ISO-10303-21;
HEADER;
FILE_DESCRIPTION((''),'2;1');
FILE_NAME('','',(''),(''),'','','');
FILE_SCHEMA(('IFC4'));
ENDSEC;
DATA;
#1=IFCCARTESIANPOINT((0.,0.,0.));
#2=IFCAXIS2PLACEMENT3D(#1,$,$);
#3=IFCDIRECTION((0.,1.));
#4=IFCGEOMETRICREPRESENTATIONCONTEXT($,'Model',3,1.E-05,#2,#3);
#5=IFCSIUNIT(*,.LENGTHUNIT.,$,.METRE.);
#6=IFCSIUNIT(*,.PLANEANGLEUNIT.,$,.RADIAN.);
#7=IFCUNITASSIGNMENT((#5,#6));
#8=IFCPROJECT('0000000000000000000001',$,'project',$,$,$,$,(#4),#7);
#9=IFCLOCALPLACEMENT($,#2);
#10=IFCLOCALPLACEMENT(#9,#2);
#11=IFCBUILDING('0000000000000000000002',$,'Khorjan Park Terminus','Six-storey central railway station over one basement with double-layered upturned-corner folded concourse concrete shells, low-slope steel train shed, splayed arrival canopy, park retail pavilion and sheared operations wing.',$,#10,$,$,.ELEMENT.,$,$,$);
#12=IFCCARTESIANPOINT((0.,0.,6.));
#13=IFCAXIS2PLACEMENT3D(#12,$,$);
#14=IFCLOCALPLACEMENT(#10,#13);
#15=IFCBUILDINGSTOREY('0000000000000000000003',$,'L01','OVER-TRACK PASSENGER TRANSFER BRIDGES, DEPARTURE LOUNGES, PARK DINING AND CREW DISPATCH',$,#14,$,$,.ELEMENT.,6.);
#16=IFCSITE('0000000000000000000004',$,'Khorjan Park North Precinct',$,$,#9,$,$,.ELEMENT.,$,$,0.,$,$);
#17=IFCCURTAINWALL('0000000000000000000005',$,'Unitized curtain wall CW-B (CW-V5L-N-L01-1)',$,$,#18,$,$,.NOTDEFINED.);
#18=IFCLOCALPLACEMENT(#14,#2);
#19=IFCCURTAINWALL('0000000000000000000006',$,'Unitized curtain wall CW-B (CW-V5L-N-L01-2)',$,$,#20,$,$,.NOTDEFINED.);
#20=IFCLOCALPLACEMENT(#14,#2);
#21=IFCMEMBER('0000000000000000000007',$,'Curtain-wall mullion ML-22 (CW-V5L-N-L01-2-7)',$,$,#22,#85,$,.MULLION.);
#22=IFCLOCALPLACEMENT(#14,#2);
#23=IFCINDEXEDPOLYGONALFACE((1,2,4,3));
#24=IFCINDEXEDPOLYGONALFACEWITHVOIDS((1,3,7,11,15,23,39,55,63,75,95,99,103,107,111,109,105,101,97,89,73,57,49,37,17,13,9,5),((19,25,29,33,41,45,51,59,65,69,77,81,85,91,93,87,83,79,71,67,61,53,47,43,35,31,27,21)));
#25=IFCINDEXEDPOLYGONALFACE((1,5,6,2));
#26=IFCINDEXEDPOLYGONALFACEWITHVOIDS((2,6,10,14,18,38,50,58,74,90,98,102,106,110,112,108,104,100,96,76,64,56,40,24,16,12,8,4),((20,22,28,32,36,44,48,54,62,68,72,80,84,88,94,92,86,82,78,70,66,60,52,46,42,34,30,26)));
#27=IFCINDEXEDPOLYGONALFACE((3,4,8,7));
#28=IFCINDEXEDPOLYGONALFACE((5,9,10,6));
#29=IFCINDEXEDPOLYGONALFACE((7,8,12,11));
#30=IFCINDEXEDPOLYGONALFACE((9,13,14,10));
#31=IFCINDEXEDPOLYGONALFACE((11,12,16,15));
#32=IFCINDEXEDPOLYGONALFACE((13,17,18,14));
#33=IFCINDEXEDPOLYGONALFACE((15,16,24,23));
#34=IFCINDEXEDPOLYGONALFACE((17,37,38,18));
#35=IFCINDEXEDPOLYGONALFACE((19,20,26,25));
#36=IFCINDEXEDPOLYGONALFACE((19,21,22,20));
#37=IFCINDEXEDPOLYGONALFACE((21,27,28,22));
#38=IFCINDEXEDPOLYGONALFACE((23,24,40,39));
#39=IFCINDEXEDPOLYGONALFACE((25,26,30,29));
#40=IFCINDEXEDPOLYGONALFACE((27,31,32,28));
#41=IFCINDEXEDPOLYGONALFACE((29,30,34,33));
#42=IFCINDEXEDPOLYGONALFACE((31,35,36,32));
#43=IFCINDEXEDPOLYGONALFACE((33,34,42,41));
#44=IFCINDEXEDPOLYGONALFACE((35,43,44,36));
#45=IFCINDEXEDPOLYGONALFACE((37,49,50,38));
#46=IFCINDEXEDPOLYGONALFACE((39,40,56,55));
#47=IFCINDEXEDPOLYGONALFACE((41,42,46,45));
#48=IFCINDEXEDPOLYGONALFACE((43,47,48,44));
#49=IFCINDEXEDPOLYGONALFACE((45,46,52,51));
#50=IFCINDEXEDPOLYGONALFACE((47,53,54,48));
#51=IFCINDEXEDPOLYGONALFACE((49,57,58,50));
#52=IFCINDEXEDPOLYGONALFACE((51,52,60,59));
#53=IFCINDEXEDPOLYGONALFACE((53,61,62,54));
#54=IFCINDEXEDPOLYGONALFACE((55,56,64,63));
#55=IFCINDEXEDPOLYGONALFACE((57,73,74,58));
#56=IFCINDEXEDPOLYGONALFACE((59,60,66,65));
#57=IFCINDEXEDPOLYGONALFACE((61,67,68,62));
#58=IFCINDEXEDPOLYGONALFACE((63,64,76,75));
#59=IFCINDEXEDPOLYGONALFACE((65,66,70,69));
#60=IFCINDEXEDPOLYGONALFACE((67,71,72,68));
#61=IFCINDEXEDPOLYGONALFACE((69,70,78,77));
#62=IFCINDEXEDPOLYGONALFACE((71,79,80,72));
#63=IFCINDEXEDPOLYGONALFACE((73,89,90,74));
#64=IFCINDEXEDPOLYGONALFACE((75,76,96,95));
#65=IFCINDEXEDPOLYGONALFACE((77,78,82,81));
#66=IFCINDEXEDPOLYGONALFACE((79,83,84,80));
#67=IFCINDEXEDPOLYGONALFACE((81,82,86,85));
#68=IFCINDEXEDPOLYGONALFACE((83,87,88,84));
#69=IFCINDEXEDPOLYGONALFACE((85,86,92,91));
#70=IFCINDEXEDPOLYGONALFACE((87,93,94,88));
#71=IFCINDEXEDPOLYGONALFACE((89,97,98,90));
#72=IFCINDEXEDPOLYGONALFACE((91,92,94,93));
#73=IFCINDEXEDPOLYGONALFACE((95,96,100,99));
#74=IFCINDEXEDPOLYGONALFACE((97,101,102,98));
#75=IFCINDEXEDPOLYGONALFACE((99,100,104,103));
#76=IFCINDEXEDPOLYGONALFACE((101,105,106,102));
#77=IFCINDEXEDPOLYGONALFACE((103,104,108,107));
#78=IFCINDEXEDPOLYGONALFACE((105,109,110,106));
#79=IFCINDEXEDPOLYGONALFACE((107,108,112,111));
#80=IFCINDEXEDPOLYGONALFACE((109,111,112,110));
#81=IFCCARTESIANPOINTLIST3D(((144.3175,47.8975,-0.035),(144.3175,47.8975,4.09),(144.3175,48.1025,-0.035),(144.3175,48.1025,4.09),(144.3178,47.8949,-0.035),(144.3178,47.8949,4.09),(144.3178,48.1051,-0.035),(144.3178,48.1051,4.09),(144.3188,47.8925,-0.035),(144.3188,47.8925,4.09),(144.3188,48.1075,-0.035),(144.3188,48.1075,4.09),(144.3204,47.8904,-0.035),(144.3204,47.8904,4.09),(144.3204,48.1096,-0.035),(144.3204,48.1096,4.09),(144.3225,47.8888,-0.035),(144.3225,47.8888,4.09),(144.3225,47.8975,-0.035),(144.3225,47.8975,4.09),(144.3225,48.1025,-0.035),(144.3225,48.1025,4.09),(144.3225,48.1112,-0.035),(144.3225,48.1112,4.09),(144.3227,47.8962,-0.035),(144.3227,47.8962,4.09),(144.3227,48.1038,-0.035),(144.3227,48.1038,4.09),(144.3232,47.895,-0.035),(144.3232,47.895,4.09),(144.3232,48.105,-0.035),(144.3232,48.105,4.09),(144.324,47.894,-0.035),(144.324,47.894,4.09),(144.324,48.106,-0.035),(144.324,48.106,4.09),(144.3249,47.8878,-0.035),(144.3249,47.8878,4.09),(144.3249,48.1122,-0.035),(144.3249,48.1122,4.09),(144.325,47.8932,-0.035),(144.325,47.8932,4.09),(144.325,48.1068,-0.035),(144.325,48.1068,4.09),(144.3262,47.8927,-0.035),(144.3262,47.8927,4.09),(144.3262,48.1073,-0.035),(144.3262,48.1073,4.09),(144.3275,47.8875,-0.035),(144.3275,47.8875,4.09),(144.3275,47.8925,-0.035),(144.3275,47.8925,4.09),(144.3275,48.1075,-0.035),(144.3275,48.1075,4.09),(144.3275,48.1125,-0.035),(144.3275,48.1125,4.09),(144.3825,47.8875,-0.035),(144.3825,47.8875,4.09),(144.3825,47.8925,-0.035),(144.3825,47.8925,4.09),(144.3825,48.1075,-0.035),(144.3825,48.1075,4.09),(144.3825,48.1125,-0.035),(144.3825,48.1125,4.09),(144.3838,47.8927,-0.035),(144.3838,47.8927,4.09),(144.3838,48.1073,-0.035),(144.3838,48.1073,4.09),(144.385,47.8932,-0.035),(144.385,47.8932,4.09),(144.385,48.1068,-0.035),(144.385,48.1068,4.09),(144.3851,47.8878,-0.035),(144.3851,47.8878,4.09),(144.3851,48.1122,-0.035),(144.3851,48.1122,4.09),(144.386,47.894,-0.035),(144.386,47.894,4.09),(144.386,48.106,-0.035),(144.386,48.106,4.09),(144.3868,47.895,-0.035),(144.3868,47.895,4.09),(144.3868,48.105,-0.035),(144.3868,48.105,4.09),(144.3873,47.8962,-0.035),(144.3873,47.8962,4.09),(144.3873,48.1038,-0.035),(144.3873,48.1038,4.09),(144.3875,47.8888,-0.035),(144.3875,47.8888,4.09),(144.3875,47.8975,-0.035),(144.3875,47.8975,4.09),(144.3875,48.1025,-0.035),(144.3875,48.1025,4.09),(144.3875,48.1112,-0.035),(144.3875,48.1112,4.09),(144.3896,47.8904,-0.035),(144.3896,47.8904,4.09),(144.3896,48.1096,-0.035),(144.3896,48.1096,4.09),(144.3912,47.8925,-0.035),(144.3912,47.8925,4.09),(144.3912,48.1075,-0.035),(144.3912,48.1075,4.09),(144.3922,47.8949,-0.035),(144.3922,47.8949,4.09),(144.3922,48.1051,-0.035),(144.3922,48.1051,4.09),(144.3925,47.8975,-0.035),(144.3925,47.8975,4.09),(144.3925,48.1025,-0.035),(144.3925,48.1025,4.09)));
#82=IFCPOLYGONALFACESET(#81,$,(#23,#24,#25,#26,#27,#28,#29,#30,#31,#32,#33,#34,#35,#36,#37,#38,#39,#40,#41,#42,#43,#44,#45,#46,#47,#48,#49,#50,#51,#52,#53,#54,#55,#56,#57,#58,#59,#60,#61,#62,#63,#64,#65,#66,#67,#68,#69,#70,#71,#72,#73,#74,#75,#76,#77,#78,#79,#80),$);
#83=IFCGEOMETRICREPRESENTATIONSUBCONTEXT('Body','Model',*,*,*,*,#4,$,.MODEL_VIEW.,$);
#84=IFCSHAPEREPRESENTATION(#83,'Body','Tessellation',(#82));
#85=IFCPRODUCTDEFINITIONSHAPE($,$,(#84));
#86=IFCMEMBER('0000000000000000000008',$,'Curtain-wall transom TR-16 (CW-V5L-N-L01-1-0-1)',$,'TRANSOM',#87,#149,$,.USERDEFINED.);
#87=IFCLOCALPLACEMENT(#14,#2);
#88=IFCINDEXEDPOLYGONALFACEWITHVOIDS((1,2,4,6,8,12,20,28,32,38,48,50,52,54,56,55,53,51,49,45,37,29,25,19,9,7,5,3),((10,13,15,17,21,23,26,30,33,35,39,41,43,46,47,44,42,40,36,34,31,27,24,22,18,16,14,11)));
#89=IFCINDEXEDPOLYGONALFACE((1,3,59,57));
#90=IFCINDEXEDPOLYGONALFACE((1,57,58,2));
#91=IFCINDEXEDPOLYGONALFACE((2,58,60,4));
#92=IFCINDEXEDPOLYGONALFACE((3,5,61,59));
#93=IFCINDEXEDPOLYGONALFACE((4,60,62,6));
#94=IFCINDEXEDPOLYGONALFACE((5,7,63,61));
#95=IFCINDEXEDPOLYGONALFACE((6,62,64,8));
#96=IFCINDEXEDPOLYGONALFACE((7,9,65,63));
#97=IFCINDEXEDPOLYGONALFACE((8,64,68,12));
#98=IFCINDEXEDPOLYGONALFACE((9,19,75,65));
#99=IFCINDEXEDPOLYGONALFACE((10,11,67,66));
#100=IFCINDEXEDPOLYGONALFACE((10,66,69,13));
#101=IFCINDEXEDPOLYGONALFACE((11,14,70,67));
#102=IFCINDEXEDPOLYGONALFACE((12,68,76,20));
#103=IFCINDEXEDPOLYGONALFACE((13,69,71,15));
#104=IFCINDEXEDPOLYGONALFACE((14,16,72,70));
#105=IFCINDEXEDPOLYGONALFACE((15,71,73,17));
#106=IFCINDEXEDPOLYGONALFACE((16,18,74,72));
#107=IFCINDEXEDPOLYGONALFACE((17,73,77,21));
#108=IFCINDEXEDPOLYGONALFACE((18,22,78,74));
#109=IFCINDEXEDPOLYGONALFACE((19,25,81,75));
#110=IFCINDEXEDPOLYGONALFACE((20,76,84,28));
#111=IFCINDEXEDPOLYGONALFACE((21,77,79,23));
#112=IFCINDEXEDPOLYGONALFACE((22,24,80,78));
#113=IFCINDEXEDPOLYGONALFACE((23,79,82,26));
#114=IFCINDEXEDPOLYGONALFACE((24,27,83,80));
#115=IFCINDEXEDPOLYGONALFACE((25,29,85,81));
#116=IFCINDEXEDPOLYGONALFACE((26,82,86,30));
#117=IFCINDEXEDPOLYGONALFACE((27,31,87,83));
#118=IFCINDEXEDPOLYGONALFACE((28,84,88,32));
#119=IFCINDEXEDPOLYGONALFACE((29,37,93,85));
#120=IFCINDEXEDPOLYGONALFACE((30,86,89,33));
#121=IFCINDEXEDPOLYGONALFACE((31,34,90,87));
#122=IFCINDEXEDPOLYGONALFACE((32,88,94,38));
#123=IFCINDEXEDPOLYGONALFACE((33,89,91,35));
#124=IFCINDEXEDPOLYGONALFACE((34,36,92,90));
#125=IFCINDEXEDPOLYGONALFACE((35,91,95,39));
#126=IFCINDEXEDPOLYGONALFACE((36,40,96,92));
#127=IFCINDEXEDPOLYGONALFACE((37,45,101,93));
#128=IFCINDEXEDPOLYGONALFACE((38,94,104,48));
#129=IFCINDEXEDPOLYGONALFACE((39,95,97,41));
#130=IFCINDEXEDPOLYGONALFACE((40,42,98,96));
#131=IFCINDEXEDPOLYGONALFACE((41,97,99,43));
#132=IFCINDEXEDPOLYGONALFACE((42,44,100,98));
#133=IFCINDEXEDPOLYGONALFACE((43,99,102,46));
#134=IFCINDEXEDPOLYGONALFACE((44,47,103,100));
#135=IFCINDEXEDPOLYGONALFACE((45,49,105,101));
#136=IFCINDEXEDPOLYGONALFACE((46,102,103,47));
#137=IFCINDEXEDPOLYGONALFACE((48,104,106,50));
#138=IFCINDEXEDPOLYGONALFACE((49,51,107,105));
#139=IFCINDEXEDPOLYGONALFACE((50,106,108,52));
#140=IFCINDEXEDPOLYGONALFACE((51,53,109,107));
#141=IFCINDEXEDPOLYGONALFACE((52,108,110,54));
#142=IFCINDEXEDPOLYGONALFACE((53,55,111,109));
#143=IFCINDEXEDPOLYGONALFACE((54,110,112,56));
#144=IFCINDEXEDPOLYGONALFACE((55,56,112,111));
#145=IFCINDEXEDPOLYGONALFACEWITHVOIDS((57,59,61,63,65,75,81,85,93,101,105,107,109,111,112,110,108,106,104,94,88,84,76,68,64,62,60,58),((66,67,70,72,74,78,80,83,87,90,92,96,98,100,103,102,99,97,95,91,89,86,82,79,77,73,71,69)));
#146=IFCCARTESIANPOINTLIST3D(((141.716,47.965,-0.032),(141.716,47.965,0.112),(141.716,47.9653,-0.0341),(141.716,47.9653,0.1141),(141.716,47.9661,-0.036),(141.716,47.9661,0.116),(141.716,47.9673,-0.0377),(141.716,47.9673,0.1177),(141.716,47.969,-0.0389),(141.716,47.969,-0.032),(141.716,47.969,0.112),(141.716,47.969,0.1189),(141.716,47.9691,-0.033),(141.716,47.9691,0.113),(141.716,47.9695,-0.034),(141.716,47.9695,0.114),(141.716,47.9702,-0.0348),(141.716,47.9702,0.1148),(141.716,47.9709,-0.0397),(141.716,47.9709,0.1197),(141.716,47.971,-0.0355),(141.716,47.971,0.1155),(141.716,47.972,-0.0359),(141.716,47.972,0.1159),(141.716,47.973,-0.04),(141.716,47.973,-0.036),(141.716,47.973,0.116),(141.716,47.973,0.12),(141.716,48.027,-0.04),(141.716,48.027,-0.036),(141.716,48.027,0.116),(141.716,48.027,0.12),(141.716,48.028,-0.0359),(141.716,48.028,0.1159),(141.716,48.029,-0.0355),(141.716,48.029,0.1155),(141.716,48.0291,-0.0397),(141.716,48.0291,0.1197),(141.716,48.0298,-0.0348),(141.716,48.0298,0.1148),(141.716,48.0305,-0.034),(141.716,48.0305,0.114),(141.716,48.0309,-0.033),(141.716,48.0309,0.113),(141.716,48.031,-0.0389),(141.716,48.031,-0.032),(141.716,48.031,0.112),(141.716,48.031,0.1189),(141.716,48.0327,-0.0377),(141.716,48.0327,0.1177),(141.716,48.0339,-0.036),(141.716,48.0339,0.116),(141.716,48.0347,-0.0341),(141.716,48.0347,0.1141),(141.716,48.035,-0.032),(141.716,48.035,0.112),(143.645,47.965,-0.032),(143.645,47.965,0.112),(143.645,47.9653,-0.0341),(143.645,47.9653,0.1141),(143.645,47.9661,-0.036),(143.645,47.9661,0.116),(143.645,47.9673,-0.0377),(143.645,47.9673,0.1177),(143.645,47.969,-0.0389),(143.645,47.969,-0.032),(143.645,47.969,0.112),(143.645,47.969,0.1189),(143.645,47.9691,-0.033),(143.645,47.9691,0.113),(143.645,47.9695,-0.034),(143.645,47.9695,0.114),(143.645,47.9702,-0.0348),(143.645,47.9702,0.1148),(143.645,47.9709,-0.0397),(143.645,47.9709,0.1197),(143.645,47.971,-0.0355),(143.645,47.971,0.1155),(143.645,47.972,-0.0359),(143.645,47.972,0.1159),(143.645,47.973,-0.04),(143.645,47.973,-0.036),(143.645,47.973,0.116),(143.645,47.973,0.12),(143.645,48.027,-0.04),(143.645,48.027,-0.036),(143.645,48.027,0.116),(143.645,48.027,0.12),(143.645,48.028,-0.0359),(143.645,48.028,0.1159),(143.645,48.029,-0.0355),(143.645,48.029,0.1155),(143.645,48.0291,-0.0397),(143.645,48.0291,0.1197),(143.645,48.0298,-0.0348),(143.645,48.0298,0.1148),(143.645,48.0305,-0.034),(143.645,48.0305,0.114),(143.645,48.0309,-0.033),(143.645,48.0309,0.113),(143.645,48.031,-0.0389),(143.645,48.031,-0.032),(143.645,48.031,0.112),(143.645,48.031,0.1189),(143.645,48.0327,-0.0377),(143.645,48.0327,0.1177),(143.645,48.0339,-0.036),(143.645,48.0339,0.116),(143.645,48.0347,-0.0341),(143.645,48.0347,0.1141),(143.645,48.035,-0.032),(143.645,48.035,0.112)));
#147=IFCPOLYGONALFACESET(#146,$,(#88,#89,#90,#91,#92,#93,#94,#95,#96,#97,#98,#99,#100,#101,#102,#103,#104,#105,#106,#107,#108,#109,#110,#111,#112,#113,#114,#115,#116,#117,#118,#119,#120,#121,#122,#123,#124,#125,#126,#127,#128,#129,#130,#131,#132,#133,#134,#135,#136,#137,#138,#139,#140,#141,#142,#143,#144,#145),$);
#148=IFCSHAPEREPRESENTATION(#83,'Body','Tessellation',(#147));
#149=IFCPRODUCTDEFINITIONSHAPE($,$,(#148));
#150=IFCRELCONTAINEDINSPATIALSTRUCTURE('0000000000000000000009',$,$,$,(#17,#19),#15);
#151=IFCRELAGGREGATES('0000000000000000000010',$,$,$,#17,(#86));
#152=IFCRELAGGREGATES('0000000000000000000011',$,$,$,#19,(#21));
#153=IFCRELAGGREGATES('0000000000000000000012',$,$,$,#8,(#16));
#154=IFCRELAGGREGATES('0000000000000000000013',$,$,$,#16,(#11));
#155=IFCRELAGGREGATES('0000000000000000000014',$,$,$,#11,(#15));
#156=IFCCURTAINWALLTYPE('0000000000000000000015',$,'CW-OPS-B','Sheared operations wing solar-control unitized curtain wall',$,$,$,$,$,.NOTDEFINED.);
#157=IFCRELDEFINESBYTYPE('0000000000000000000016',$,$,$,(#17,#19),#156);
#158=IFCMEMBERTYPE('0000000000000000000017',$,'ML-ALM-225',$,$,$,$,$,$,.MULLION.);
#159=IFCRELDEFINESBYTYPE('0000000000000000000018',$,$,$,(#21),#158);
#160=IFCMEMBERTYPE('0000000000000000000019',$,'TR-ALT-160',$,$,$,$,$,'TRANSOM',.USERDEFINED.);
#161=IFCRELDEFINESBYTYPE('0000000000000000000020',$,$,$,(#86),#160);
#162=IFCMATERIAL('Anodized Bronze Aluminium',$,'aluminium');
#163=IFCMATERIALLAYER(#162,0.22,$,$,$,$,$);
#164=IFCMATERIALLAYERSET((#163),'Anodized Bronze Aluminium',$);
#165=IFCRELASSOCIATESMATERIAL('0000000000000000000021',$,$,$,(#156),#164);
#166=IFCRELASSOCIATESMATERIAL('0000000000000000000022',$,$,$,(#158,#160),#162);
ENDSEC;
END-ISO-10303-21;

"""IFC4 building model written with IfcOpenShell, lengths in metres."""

from ifc_helpers import new_model, si_unit, direction, frame, origin, origin_2d, place, context, subcontext, project, spatial, hollow_rectangle, extrude, material, layer, layer_set, material_profile, profile_set, type_object, element, aggregate, save


model = new_model("IFC4")

# Units and contexts
model_context = context("Model", 3, precision=1e-05, world=origin(), true_north=direction((0.0, 1.0)))
body_context = subcontext(model_context, "Body", "Model", "MODEL_VIEW")
ifc_project = project(units=[si_unit("LENGTHUNIT", "METRE"), si_unit("PLANEANGLEUNIT", "RADIAN")], contexts=[model_context])

# Site, building, storey
site_placement = place(None, origin())
site = spatial("IfcSite", under=ifc_project, at=site_placement, Name="Khorjan Park North Precinct", CompositionType="ELEMENT", RefElevation=0.0)
building_placement = place(site_placement, origin())
building = spatial("IfcBuilding", under=site, at=building_placement, Name="Khorjan Park Terminus", Description="Six-storey central railway station over one basement with double-layered upturned-corner folded concourse concrete shells, low-slope steel train shed, splayed arrival canopy, park retail pavilion and sheared operations wing.", CompositionType="ELEMENT")
storey_placement = place(building_placement, frame((0.0, 0.0, 6.0)))
storey = spatial("IfcBuildingStorey", under=building, at=storey_placement, Name="L01", Description="OVER-TRACK PASSENGER TRANSFER BRIDGES, DEPARTURE LOUNGES, PARK DINING AND CREW DISPATCH", CompositionType="ELEMENT", Elevation=6.0)

# Curtain wall
ifc_material_1 = material(Name="Anodized Bronze Aluminium", Category="aluminium")
ifc_layer_1 = layer(ifc_material_1, 0.22)
ifc_layer_set_1 = layer_set([ifc_layer_1], Name="Anodized Bronze Aluminium")
curtain_wall_type = type_object("IfcCurtainWallType", Name="CW-OPS-B", Description="Sheared operations wing solar-control unitized curtain wall", PredefinedType="NOTDEFINED", material=ifc_layer_set_1)
curtain_wall_1_placement = place(storey_placement, origin())
curtain_wall_1 = element("IfcCurtainWall", 1, at=curtain_wall_1_placement, inside=storey, type_object=curtain_wall_type, Name="Unitized curtain wall CW-B (CW-V5L-N-L01-1)", PredefinedType="NOTDEFINED")
ifc_material_profile_1 = material_profile(ifc_material_1, hollow_rectangle(XDim=0.075, YDim=0.225, WallThickness=0.005, InnerFilletRadius=0.005, OuterFilletRadius=0.01, at=origin_2d()), Name="ALM 75x225x5")
ifc_profile_set_1 = profile_set([ifc_material_profile_1], Name="Anodized Bronze Aluminium")
member_type_1 = type_object("IfcMemberType", Name="ML-ALM-225", PredefinedType="MULLION", material=ifc_profile_set_1)

# Curtain wall, member
curtain_wall_2_placement = place(storey_placement, origin())
curtain_wall_2 = element("IfcCurtainWall", 2, at=curtain_wall_2_placement, inside=storey, type_object=curtain_wall_type, Name="Unitized curtain wall CW-B (CW-V5L-N-L01-2)", PredefinedType="NOTDEFINED")
member_1_placement = place(storey_placement, frame((144.355, 48.0, -0.035), z_axis=(0.0, 0.0, 1.0), x_axis=(-1.0, 0.0, 0.0)))
member_1 = element("IfcMember", 3, at=member_1_placement, type_object=member_type_1, Name="Curtain-wall mullion ML-22 (CW-V5L-N-L01-2-7)", PredefinedType="MULLION", context=body_context, shape_type="SweptSolid", body=[
    extrude(hollow_rectangle(XDim=0.075, YDim=0.225, WallThickness=0.005, InnerFilletRadius=0.005, OuterFilletRadius=0.01, at=origin_2d()), origin(), (0.0, 0.0, 1.0), 4.125),
])

# Member
ifc_material_profile_2 = material_profile(ifc_material_1, hollow_rectangle(XDim=0.07, YDim=0.16, WallThickness=0.004, InnerFilletRadius=0.004, OuterFilletRadius=0.008, at=origin_2d()), Name="ALT 70x160x4")
ifc_profile_set_2 = profile_set([ifc_material_profile_2], Name="Anodized Bronze Aluminium")
member_type_2 = type_object("IfcMemberType", Name="TR-ALT-160", ElementType="TRANSOM", PredefinedType="USERDEFINED", material=ifc_profile_set_2)
member_2_placement = place(storey_placement, frame((143.645, 48.0, 0.04), z_axis=(-1.0, 0.0, 0.0), x_axis=(0.0, -1.0, 0.0)))
member_2 = element("IfcMember", 4, at=member_2_placement, type_object=member_type_2, Name="Curtain-wall transom TR-16 (CW-V5L-N-L01-1-0-1)", ObjectType="TRANSOM", PredefinedType="USERDEFINED", context=body_context, shape_type="SweptSolid", body=[
    extrude(hollow_rectangle(XDim=0.07, YDim=0.16, WallThickness=0.004, InnerFilletRadius=0.004, OuterFilletRadius=0.008, at=origin_2d()), origin(), (0.0, 0.0, 1.0), 1.929),
])

aggregate(curtain_wall_1, [member_2])
aggregate(curtain_wall_2, [member_1])

save(model, "model.ifc")
